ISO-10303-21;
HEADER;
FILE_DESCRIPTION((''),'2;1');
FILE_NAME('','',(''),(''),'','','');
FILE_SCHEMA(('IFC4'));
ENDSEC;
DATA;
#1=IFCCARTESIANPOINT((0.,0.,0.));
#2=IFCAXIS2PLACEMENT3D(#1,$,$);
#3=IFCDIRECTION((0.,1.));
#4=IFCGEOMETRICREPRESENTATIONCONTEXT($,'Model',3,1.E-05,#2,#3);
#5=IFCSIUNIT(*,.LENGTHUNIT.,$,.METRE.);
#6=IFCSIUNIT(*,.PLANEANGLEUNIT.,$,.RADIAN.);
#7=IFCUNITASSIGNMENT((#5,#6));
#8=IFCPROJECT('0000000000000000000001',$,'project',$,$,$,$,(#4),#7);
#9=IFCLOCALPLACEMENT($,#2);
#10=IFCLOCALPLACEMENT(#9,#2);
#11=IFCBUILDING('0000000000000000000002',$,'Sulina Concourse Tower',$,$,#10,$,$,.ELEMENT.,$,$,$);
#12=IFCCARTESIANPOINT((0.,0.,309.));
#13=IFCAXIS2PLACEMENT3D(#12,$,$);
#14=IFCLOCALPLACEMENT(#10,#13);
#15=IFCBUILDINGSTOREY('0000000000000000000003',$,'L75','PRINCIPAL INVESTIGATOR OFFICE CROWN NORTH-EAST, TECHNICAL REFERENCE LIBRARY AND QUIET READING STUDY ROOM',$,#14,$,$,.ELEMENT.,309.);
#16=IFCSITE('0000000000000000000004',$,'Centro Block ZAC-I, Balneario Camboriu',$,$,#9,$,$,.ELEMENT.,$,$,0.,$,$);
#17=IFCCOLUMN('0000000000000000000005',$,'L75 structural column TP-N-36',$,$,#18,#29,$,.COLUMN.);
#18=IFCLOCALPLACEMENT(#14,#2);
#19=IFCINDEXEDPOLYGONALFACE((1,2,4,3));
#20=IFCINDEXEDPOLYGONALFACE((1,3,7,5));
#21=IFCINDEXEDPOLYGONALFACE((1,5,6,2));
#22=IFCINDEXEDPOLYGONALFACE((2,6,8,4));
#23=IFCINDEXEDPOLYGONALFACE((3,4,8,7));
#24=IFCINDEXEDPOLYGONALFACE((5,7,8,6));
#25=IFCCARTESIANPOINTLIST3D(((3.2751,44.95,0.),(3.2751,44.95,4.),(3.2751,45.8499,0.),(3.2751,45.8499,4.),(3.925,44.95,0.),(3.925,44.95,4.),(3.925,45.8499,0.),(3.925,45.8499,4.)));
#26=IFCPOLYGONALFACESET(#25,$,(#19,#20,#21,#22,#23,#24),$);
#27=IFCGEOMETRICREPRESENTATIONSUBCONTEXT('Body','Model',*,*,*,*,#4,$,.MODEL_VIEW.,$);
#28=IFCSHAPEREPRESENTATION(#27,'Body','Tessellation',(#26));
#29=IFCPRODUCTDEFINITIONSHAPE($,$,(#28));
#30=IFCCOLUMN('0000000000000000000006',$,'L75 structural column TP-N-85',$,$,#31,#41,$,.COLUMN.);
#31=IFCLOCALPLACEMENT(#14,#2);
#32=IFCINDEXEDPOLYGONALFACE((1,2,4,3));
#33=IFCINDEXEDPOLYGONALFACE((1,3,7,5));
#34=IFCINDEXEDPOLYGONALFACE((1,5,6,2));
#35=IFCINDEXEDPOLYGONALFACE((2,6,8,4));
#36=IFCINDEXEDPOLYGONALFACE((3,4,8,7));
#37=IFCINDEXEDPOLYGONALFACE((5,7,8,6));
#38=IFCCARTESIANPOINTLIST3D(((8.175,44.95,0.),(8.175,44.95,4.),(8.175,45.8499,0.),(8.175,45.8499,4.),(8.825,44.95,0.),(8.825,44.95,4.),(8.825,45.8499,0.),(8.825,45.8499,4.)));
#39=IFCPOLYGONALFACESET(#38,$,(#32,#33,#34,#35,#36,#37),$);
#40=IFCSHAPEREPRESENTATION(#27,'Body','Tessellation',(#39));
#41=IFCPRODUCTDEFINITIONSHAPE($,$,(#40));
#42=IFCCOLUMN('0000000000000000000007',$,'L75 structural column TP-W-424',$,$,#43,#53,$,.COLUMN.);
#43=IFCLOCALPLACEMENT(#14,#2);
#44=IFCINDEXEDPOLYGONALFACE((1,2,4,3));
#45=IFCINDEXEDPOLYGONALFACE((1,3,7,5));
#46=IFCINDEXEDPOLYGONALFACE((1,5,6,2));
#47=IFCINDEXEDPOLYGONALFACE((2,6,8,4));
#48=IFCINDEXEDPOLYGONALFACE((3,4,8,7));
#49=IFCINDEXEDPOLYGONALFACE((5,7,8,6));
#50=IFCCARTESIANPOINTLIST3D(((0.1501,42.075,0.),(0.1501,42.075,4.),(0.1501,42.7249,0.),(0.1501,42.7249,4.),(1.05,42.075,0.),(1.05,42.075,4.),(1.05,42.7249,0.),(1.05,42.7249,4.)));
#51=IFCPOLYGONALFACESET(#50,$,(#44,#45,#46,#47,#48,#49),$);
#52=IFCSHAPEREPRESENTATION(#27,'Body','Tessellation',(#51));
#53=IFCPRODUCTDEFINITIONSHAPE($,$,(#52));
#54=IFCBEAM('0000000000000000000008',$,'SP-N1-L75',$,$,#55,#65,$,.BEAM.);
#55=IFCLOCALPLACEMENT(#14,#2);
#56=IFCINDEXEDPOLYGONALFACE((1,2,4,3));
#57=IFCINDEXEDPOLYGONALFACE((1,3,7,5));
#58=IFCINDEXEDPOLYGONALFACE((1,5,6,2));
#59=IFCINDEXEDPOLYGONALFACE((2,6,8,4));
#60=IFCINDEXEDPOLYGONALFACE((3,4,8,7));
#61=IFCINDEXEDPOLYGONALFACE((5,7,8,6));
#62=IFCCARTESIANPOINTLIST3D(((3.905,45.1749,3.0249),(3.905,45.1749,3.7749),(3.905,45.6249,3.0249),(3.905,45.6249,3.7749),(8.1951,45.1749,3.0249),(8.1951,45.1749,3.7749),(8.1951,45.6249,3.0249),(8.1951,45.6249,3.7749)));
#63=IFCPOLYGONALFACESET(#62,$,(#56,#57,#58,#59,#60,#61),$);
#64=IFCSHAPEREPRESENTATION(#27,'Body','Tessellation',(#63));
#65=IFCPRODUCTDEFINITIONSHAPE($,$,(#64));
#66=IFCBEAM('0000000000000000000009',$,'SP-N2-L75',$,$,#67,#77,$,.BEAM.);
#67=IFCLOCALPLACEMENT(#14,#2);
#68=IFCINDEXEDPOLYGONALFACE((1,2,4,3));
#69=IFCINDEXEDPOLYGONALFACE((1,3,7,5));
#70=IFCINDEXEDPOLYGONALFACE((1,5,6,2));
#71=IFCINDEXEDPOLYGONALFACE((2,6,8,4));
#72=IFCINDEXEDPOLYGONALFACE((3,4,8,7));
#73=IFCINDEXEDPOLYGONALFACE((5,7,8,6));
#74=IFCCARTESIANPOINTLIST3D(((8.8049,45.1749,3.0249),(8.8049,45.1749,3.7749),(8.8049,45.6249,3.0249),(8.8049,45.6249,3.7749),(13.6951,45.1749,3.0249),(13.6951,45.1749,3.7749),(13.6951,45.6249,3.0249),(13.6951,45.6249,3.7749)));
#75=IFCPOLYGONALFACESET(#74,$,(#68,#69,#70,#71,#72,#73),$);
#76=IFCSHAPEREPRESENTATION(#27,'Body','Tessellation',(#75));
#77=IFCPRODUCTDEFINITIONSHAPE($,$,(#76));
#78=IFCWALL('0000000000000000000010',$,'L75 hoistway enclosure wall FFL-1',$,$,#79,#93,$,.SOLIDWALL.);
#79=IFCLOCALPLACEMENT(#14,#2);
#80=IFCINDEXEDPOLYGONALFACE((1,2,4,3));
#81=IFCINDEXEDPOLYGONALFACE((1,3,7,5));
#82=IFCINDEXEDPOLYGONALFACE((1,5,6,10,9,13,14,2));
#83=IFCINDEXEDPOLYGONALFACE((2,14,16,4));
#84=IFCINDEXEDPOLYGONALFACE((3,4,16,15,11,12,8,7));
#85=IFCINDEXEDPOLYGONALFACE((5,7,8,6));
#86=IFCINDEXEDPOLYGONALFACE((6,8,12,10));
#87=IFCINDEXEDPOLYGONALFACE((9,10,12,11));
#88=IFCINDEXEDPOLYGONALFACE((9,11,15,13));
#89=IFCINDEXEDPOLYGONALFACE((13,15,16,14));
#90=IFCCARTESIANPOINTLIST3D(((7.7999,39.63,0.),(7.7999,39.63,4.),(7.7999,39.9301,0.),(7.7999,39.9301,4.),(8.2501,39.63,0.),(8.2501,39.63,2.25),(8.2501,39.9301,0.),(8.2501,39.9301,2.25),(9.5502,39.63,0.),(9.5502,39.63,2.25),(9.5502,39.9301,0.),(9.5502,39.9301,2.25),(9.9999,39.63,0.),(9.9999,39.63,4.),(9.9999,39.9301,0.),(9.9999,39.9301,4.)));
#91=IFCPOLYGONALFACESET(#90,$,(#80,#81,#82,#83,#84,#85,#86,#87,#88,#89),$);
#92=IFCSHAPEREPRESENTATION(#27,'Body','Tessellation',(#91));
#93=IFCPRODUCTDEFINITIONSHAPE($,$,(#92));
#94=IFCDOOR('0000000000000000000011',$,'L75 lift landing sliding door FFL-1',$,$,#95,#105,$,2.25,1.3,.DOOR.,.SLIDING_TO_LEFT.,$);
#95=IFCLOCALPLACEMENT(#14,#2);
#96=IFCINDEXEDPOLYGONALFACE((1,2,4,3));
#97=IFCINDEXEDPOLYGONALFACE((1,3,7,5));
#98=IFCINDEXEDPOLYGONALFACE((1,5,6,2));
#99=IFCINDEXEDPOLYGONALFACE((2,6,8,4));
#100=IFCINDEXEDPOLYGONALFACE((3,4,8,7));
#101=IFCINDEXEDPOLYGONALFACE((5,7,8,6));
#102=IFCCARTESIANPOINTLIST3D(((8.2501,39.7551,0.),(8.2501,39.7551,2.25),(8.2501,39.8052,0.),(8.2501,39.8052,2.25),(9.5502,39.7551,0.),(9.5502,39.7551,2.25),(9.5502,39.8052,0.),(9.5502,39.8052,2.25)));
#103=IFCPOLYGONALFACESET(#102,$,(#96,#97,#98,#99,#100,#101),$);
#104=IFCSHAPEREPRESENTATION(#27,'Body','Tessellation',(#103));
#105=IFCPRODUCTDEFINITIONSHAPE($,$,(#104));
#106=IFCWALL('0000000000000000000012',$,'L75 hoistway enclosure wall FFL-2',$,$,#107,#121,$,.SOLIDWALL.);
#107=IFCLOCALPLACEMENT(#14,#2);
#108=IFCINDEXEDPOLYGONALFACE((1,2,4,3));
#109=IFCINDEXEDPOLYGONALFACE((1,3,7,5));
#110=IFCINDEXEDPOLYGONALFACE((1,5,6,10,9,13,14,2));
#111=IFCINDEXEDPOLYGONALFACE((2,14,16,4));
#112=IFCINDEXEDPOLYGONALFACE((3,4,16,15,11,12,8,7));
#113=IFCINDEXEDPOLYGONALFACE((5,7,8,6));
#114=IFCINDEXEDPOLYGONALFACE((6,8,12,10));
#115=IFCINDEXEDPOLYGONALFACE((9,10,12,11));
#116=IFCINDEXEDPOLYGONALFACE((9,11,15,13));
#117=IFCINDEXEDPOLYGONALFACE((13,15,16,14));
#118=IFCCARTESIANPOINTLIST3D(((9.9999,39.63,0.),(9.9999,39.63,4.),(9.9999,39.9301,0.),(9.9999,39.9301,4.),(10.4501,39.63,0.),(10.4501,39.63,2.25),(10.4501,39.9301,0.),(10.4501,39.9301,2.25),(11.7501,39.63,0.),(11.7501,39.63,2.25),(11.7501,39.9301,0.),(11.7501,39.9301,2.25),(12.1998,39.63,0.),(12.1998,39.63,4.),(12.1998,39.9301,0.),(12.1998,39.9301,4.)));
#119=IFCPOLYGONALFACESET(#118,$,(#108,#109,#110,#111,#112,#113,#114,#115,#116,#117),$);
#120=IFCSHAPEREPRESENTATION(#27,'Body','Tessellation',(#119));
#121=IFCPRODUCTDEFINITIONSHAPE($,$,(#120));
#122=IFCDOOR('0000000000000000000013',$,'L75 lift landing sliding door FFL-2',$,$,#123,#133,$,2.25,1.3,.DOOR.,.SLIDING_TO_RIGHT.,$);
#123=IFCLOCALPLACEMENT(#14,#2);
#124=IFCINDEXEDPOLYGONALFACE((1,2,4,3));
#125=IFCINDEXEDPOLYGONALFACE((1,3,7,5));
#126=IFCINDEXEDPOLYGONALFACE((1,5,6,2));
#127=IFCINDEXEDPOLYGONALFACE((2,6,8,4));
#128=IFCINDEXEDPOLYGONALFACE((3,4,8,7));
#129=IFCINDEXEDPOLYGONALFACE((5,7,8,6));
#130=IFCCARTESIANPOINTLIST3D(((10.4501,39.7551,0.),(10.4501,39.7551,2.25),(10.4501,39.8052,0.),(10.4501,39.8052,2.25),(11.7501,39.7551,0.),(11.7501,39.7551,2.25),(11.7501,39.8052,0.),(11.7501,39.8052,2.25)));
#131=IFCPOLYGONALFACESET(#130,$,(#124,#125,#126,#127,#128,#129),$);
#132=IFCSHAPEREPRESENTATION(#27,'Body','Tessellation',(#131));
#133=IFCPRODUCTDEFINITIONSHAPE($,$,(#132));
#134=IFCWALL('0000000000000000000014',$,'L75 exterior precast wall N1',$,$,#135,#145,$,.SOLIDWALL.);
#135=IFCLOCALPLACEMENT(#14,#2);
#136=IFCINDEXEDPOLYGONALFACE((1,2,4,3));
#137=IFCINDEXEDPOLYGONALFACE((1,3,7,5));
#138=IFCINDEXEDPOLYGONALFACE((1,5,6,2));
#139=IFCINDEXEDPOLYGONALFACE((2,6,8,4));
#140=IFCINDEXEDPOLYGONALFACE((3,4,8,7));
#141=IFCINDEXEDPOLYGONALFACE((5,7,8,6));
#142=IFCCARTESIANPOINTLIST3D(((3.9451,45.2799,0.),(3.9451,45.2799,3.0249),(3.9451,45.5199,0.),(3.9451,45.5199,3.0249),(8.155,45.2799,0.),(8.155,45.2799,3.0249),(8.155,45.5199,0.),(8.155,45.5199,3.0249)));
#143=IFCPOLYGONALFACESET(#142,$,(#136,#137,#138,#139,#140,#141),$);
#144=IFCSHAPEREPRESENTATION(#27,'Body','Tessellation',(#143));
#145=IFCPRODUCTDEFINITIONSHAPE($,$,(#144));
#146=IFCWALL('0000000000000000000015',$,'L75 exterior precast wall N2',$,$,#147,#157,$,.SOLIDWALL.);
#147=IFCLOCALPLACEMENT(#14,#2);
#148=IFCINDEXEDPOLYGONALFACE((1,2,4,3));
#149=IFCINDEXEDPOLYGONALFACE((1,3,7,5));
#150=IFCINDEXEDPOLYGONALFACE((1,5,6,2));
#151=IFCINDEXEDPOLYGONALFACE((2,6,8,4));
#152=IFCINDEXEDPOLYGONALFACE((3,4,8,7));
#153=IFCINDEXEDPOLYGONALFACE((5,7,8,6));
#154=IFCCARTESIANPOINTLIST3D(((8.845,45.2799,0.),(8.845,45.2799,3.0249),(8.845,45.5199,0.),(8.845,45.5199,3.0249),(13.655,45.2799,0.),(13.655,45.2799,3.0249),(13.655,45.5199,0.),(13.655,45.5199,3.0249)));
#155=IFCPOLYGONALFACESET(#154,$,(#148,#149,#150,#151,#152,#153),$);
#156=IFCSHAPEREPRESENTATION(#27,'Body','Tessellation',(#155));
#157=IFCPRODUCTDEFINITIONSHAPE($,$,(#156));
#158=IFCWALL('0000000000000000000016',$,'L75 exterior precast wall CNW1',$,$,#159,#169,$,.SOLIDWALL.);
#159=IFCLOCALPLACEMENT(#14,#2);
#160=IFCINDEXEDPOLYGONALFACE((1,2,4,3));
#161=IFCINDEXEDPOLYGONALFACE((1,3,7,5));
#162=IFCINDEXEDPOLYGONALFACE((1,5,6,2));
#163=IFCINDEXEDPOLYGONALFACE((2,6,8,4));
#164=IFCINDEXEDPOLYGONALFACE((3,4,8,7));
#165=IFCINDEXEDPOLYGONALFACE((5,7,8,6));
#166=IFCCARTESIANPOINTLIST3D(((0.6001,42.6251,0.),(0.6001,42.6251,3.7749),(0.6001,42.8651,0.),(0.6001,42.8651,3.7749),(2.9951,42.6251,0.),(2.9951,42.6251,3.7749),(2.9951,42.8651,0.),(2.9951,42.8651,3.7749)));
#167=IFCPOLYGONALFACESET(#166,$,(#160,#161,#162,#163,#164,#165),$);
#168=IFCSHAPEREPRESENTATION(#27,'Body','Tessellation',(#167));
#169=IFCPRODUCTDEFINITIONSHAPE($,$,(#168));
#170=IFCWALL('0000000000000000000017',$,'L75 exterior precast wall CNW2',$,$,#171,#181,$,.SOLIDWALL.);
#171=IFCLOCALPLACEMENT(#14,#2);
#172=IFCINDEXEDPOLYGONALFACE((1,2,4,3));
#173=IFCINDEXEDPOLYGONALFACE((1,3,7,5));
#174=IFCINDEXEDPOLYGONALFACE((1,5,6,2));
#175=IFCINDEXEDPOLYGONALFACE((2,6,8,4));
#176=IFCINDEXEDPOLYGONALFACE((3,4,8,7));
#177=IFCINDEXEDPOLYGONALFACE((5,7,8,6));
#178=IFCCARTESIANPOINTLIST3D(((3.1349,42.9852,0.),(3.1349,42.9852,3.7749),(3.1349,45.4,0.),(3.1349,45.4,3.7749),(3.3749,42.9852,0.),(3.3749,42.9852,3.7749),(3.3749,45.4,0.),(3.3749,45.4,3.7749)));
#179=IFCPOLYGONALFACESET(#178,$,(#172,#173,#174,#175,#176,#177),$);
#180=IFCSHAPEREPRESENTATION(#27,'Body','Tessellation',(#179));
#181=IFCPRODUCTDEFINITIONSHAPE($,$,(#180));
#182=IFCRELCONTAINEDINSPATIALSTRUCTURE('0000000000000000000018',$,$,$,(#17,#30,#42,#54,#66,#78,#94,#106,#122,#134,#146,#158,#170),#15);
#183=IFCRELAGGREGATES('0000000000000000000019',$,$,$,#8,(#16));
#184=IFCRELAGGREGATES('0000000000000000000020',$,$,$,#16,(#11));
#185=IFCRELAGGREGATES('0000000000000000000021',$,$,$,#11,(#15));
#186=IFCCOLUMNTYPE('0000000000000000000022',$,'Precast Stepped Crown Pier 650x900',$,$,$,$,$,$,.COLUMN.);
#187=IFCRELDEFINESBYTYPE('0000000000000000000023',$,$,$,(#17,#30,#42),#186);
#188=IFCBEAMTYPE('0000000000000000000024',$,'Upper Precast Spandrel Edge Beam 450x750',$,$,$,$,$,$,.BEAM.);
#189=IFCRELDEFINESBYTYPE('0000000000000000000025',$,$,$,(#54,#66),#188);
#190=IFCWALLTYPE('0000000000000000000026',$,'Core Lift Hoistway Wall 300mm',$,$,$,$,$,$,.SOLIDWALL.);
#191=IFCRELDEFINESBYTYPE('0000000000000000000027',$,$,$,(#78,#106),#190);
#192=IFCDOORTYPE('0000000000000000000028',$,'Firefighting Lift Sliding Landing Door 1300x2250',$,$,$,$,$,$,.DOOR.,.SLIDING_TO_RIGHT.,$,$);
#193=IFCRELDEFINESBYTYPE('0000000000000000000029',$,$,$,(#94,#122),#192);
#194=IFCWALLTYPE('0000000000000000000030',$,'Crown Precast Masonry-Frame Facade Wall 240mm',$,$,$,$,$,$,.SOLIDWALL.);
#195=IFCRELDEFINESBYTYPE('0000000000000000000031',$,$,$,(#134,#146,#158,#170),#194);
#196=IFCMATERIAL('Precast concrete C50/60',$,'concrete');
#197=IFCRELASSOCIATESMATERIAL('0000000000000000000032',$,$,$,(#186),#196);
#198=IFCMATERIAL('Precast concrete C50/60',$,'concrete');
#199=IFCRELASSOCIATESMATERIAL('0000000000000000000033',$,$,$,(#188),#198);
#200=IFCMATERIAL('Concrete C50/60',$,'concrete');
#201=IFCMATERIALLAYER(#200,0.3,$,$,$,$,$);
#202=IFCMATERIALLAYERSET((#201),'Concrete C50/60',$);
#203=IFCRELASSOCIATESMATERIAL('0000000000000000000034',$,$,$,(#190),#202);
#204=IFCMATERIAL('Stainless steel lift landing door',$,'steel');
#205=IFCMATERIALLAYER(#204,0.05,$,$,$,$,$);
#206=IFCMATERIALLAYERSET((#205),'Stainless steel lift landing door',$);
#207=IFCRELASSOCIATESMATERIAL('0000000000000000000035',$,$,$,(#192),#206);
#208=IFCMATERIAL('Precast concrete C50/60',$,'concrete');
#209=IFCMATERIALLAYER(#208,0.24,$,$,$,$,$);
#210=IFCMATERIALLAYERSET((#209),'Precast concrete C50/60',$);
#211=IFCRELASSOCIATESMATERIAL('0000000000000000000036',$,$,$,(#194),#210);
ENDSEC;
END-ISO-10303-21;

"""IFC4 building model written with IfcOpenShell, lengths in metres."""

from ifc_helpers import new_model, si_unit, direction, frame, frame_2d, origin, origin_2d, place, context, subcontext, project, spatial, rectangle, extrude, material, layer, layer_set, material_profile, profile_set, type_object, element, fill, save


model = new_model("IFC4")

# Units and contexts
model_context = context("Model", 3, precision=1e-05, world=origin(), true_north=direction((0.0, 1.0)))
body_context = subcontext(model_context, "Body", "Model", "MODEL_VIEW")
ifc_project = project(units=[si_unit("LENGTHUNIT", "METRE"), si_unit("PLANEANGLEUNIT", "RADIAN")], contexts=[model_context])

# Site, building, storey
site_placement = place(None, origin())
site = spatial("IfcSite", under=ifc_project, at=site_placement, Name="Centro Block ZAC-I, Balneario Camboriu", CompositionType="ELEMENT", RefElevation=0.0)
building_placement = place(site_placement, origin())
building = spatial("IfcBuilding", under=site, at=building_placement, Name="Sulina Concourse Tower", CompositionType="ELEMENT")
storey_placement = place(building_placement, frame((0.0, 0.0, 309.0)))
storey = spatial("IfcBuildingStorey", under=building, at=storey_placement, Name="L75", Description="PRINCIPAL INVESTIGATOR OFFICE CROWN NORTH-EAST, TECHNICAL REFERENCE LIBRARY AND QUIET READING STUDY ROOM", CompositionType="ELEMENT", Elevation=309.0)

# Columns
ifc_material_1 = material(Name="Precast concrete C50/60", Category="concrete")
ifc_material_profile_1 = material_profile(ifc_material_1, rectangle(XDim=0.6499, YDim=0.8999, at=origin_2d()), Name="PC 650x900")
ifc_profile_set_1 = profile_set([ifc_material_profile_1], Name="Precast concrete C50/60")
column_type = type_object("IfcColumnType", Name="Precast Stepped Crown Pier 650x900", PredefinedType="COLUMN", material=ifc_profile_set_1)
for number, where, z_axis, x_axis, name in (
    (1, (3.6001, 45.3999, 0.0), (0.0, 0.0, 1.0), (1.0, 0.0, 0.0), "L75 structural column TP-N-36"),
    (2, (8.5, 45.3999, 0.0), (0.0, 0.0, 1.0), (1.0, 0.0, 0.0), "L75 structural column TP-N-85"),
    (3, (0.6001, 42.3999, 0.0), (0.0, 0.0, 1.0), (0.0, 1.0, 0.0), "L75 structural column TP-W-424"),
):
    element("IfcColumn", number, at=place(storey_placement, frame(where, z_axis=z_axis, x_axis=x_axis)), inside=storey, type_object=column_type, Name=name, PredefinedType="COLUMN", context=body_context, shape_type="SweptSolid", body=[
        extrude(rectangle(XDim=0.6499, YDim=0.8999, at=origin_2d()), origin(), (0.0, 0.0, 1.0), 4.0),
    ])

# Beams
ifc_material_2 = material(Name="Precast concrete C50/60", Category="concrete")
ifc_material_profile_2 = material_profile(ifc_material_2, rectangle(XDim=0.45, YDim=0.75, at=origin_2d()), Name="RC 450x750")
ifc_profile_set_2 = profile_set([ifc_material_profile_2], Name="Precast concrete C50/60")
beam_type = type_object("IfcBeamType", Name="Upper Precast Spandrel Edge Beam 450x750", PredefinedType="BEAM", material=ifc_profile_set_2)
beam_1_placement = place(storey_placement, frame((3.905, 45.3999, 3.3999), z_axis=(1.0, 0.0, 0.0), x_axis=(0.0, 1.0, 0.0)))
element("IfcBeam", 4, at=beam_1_placement, inside=storey, type_object=beam_type, Name="SP-N1-L75", PredefinedType="BEAM", context=body_context, shape_type="SweptSolid", body=[
    extrude(rectangle(XDim=0.45, YDim=0.75, at=origin_2d()), origin(), (0.0, 0.0, 1.0), 4.29),
])
beam_2_placement = place(storey_placement, frame((8.8049, 45.3999, 3.3999), z_axis=(1.0, 0.0, 0.0), x_axis=(0.0, 1.0, 0.0)))
element("IfcBeam", 5, at=beam_2_placement, inside=storey, type_object=beam_type, Name="SP-N2-L75", PredefinedType="BEAM", context=body_context, shape_type="SweptSolid", body=[
    extrude(rectangle(XDim=0.45, YDim=0.75, at=origin_2d()), origin(), (0.0, 0.0, 1.0), 4.8901),
])

# Walls, openings, doors
ifc_material_3 = material(Name="Concrete C50/60", Category="concrete")
ifc_layer_1 = layer(ifc_material_3, 0.3)
ifc_layer_set_1 = layer_set([ifc_layer_1], Name="Concrete C50/60")
wall_type_1 = type_object("IfcWallType", Name="Core Lift Hoistway Wall 300mm", PredefinedType="SOLIDWALL", material=ifc_layer_set_1)
wall_1_placement = place(storey_placement, frame((10.0, 39.78, 0.0), z_axis=(0.0, 0.0, 1.0), x_axis=(-1.0, 0.0, 0.0)))
wall_1 = element("IfcWall", 6, at=wall_1_placement, inside=storey, type_object=wall_type_1, Name="L75 hoistway enclosure wall FFL-1", PredefinedType="SOLIDWALL", context=body_context, shape_type="SweptSolid", body=[
    extrude(rectangle(XDim=2.2, YDim=0.3, at=frame_2d((1.1001, 0.0))), origin(), (0.0, 0.0, 1.0), 4.0),
])
opening_1_placement = place(wall_1_placement, frame((0.45, 0.0, 0.0)))
opening_1 = element("IfcOpeningElement", 7, at=opening_1_placement, cuts=wall_1, PredefinedType="OPENING", context=body_context, shape_type="SweptSolid", body=[
    extrude(rectangle(XDim=1.3, YDim=2.25, at=frame_2d((0.6499, 1.125))), frame((0.0, 0.1599, 0.0), z_axis=(0.0, -1.0, 0.0), x_axis=(1.0, 0.0, 0.0)), (0.0, 0.0, 1.0), 0.3201),
])
ifc_material_4 = material(Name="Stainless steel lift landing door", Category="steel")
ifc_layer_2 = layer(ifc_material_4, 0.05)
ifc_layer_set_2 = layer_set([ifc_layer_2], Name="Stainless steel lift landing door")
door_type_1 = type_object("IfcDoorType", Name="Firefighting Lift Sliding Landing Door 1300x2250", OperationType="SLIDING_TO_RIGHT", PredefinedType="DOOR", material=ifc_layer_set_2)
door_1_placement = place(opening_1_placement, origin())
door_1 = element("IfcDoor", 8, at=door_1_placement, inside=storey, type_object=door_type_1, Name="L75 lift landing sliding door FFL-1", OperationType="SLIDING_TO_LEFT", OverallHeight=2.25, OverallWidth=1.3, PredefinedType="DOOR", context=body_context, shape_type="SweptSolid", body=[
    extrude(rectangle(XDim=1.3, YDim=2.25, at=frame_2d((0.6499, 1.125))), frame((0.0, 0.0249, 0.0), z_axis=(0.0, -1.0, 0.0), x_axis=(1.0, 0.0, 0.0)), (0.0, 0.0, 1.0), 0.05),
])
fill(opening_1, door_1)
wall_2_placement = place(storey_placement, frame((12.2, 39.78, 0.0), z_axis=(0.0, 0.0, 1.0), x_axis=(-1.0, 0.0, 0.0)))
wall_2 = element("IfcWall", 9, at=wall_2_placement, inside=storey, type_object=wall_type_1, Name="L75 hoistway enclosure wall FFL-2", PredefinedType="SOLIDWALL", context=body_context, shape_type="SweptSolid", body=[
    extrude(rectangle(XDim=2.2, YDim=0.3, at=frame_2d((1.1001, 0.0))), origin(), (0.0, 0.0, 1.0), 4.0),
])
opening_2_placement = place(wall_2_placement, frame((0.45, 0.0, 0.0)))
opening_2 = element("IfcOpeningElement", 10, at=opening_2_placement, cuts=wall_2, PredefinedType="OPENING", context=body_context, shape_type="SweptSolid", body=[
    extrude(rectangle(XDim=1.3, YDim=2.25, at=frame_2d((0.6499, 1.125))), frame((0.0, 0.1599, 0.0), z_axis=(0.0, -1.0, 0.0), x_axis=(1.0, 0.0, 0.0)), (0.0, 0.0, 1.0), 0.3201),
])
door_2_placement = place(opening_2_placement, origin())
door_2 = element("IfcDoor", 11, at=door_2_placement, inside=storey, type_object=door_type_1, Name="L75 lift landing sliding door FFL-2", OperationType="SLIDING_TO_RIGHT", OverallHeight=2.25, OverallWidth=1.3, PredefinedType="DOOR", context=body_context, shape_type="SweptSolid", body=[
    extrude(rectangle(XDim=1.3, YDim=2.25, at=frame_2d((0.6499, 1.125))), frame((0.0, 0.0249, 0.0), z_axis=(0.0, -1.0, 0.0), x_axis=(1.0, 0.0, 0.0)), (0.0, 0.0, 1.0), 0.05),
])
fill(opening_2, door_2)

# Walls
ifc_material_5 = material(Name="Precast concrete C50/60", Category="concrete")
ifc_layer_3 = layer(ifc_material_5, 0.24)
ifc_layer_set_3 = layer_set([ifc_layer_3], Name="Precast concrete C50/60")
wall_type_2 = type_object("IfcWallType", Name="Crown Precast Masonry-Frame Facade Wall 240mm", PredefinedType="SOLIDWALL", material=ifc_layer_set_3)
wall_3_placement = place(storey_placement, frame((3.9451, 45.3999, 0.0), z_axis=(0.0, 0.0, 1.0), x_axis=(1.0, 0.0, 0.0)))
element("IfcWall", 12, at=wall_3_placement, inside=storey, type_object=wall_type_2, Name="L75 exterior precast wall N1", PredefinedType="SOLIDWALL", context=body_context, shape_type="SweptSolid", body=[
    extrude(rectangle(XDim=4.21, YDim=0.24, at=frame_2d((2.105, 0.0))), origin(), (0.0, 0.0, 1.0), 3.0249),
])
wall_4_placement = place(storey_placement, frame((8.845, 45.3999, 0.0), z_axis=(0.0, 0.0, 1.0), x_axis=(1.0, 0.0, 0.0)))
element("IfcWall", 13, at=wall_4_placement, inside=storey, type_object=wall_type_2, Name="L75 exterior precast wall N2", PredefinedType="SOLIDWALL", context=body_context, shape_type="SweptSolid", body=[
    extrude(rectangle(XDim=4.8101, YDim=0.24, at=frame_2d((2.405, 0.0))), origin(), (0.0, 0.0, 1.0), 3.0249),
])
wall_5_placement = place(storey_placement, frame((0.6001, 42.7451, 0.0), z_axis=(0.0, 0.0, 1.0), x_axis=(1.0, 0.0, 0.0)))
element("IfcWall", 14, at=wall_5_placement, inside=storey, type_object=wall_type_2, Name="L75 exterior precast wall CNW1", PredefinedType="SOLIDWALL", context=body_context, shape_type="SweptSolid", body=[
    extrude(rectangle(XDim=2.395, YDim=0.24, at=frame_2d((1.1975, 0.0))), origin(), (0.0, 0.0, 1.0), 3.7749),
])
wall_6_placement = place(storey_placement, frame((3.2549, 42.9851, 0.0), z_axis=(0.0, 0.0, 1.0), x_axis=(0.0, 1.0, 0.0)))
element("IfcWall", 15, at=wall_6_placement, inside=storey, type_object=wall_type_2, Name="L75 exterior precast wall CNW2", PredefinedType="SOLIDWALL", context=body_context, shape_type="SweptSolid", body=[
    extrude(rectangle(XDim=2.4148, YDim=0.24, at=frame_2d((1.2075, 0.0))), origin(), (0.0, 0.0, 1.0), 3.7749),
])

save(model, "model.ifc")
